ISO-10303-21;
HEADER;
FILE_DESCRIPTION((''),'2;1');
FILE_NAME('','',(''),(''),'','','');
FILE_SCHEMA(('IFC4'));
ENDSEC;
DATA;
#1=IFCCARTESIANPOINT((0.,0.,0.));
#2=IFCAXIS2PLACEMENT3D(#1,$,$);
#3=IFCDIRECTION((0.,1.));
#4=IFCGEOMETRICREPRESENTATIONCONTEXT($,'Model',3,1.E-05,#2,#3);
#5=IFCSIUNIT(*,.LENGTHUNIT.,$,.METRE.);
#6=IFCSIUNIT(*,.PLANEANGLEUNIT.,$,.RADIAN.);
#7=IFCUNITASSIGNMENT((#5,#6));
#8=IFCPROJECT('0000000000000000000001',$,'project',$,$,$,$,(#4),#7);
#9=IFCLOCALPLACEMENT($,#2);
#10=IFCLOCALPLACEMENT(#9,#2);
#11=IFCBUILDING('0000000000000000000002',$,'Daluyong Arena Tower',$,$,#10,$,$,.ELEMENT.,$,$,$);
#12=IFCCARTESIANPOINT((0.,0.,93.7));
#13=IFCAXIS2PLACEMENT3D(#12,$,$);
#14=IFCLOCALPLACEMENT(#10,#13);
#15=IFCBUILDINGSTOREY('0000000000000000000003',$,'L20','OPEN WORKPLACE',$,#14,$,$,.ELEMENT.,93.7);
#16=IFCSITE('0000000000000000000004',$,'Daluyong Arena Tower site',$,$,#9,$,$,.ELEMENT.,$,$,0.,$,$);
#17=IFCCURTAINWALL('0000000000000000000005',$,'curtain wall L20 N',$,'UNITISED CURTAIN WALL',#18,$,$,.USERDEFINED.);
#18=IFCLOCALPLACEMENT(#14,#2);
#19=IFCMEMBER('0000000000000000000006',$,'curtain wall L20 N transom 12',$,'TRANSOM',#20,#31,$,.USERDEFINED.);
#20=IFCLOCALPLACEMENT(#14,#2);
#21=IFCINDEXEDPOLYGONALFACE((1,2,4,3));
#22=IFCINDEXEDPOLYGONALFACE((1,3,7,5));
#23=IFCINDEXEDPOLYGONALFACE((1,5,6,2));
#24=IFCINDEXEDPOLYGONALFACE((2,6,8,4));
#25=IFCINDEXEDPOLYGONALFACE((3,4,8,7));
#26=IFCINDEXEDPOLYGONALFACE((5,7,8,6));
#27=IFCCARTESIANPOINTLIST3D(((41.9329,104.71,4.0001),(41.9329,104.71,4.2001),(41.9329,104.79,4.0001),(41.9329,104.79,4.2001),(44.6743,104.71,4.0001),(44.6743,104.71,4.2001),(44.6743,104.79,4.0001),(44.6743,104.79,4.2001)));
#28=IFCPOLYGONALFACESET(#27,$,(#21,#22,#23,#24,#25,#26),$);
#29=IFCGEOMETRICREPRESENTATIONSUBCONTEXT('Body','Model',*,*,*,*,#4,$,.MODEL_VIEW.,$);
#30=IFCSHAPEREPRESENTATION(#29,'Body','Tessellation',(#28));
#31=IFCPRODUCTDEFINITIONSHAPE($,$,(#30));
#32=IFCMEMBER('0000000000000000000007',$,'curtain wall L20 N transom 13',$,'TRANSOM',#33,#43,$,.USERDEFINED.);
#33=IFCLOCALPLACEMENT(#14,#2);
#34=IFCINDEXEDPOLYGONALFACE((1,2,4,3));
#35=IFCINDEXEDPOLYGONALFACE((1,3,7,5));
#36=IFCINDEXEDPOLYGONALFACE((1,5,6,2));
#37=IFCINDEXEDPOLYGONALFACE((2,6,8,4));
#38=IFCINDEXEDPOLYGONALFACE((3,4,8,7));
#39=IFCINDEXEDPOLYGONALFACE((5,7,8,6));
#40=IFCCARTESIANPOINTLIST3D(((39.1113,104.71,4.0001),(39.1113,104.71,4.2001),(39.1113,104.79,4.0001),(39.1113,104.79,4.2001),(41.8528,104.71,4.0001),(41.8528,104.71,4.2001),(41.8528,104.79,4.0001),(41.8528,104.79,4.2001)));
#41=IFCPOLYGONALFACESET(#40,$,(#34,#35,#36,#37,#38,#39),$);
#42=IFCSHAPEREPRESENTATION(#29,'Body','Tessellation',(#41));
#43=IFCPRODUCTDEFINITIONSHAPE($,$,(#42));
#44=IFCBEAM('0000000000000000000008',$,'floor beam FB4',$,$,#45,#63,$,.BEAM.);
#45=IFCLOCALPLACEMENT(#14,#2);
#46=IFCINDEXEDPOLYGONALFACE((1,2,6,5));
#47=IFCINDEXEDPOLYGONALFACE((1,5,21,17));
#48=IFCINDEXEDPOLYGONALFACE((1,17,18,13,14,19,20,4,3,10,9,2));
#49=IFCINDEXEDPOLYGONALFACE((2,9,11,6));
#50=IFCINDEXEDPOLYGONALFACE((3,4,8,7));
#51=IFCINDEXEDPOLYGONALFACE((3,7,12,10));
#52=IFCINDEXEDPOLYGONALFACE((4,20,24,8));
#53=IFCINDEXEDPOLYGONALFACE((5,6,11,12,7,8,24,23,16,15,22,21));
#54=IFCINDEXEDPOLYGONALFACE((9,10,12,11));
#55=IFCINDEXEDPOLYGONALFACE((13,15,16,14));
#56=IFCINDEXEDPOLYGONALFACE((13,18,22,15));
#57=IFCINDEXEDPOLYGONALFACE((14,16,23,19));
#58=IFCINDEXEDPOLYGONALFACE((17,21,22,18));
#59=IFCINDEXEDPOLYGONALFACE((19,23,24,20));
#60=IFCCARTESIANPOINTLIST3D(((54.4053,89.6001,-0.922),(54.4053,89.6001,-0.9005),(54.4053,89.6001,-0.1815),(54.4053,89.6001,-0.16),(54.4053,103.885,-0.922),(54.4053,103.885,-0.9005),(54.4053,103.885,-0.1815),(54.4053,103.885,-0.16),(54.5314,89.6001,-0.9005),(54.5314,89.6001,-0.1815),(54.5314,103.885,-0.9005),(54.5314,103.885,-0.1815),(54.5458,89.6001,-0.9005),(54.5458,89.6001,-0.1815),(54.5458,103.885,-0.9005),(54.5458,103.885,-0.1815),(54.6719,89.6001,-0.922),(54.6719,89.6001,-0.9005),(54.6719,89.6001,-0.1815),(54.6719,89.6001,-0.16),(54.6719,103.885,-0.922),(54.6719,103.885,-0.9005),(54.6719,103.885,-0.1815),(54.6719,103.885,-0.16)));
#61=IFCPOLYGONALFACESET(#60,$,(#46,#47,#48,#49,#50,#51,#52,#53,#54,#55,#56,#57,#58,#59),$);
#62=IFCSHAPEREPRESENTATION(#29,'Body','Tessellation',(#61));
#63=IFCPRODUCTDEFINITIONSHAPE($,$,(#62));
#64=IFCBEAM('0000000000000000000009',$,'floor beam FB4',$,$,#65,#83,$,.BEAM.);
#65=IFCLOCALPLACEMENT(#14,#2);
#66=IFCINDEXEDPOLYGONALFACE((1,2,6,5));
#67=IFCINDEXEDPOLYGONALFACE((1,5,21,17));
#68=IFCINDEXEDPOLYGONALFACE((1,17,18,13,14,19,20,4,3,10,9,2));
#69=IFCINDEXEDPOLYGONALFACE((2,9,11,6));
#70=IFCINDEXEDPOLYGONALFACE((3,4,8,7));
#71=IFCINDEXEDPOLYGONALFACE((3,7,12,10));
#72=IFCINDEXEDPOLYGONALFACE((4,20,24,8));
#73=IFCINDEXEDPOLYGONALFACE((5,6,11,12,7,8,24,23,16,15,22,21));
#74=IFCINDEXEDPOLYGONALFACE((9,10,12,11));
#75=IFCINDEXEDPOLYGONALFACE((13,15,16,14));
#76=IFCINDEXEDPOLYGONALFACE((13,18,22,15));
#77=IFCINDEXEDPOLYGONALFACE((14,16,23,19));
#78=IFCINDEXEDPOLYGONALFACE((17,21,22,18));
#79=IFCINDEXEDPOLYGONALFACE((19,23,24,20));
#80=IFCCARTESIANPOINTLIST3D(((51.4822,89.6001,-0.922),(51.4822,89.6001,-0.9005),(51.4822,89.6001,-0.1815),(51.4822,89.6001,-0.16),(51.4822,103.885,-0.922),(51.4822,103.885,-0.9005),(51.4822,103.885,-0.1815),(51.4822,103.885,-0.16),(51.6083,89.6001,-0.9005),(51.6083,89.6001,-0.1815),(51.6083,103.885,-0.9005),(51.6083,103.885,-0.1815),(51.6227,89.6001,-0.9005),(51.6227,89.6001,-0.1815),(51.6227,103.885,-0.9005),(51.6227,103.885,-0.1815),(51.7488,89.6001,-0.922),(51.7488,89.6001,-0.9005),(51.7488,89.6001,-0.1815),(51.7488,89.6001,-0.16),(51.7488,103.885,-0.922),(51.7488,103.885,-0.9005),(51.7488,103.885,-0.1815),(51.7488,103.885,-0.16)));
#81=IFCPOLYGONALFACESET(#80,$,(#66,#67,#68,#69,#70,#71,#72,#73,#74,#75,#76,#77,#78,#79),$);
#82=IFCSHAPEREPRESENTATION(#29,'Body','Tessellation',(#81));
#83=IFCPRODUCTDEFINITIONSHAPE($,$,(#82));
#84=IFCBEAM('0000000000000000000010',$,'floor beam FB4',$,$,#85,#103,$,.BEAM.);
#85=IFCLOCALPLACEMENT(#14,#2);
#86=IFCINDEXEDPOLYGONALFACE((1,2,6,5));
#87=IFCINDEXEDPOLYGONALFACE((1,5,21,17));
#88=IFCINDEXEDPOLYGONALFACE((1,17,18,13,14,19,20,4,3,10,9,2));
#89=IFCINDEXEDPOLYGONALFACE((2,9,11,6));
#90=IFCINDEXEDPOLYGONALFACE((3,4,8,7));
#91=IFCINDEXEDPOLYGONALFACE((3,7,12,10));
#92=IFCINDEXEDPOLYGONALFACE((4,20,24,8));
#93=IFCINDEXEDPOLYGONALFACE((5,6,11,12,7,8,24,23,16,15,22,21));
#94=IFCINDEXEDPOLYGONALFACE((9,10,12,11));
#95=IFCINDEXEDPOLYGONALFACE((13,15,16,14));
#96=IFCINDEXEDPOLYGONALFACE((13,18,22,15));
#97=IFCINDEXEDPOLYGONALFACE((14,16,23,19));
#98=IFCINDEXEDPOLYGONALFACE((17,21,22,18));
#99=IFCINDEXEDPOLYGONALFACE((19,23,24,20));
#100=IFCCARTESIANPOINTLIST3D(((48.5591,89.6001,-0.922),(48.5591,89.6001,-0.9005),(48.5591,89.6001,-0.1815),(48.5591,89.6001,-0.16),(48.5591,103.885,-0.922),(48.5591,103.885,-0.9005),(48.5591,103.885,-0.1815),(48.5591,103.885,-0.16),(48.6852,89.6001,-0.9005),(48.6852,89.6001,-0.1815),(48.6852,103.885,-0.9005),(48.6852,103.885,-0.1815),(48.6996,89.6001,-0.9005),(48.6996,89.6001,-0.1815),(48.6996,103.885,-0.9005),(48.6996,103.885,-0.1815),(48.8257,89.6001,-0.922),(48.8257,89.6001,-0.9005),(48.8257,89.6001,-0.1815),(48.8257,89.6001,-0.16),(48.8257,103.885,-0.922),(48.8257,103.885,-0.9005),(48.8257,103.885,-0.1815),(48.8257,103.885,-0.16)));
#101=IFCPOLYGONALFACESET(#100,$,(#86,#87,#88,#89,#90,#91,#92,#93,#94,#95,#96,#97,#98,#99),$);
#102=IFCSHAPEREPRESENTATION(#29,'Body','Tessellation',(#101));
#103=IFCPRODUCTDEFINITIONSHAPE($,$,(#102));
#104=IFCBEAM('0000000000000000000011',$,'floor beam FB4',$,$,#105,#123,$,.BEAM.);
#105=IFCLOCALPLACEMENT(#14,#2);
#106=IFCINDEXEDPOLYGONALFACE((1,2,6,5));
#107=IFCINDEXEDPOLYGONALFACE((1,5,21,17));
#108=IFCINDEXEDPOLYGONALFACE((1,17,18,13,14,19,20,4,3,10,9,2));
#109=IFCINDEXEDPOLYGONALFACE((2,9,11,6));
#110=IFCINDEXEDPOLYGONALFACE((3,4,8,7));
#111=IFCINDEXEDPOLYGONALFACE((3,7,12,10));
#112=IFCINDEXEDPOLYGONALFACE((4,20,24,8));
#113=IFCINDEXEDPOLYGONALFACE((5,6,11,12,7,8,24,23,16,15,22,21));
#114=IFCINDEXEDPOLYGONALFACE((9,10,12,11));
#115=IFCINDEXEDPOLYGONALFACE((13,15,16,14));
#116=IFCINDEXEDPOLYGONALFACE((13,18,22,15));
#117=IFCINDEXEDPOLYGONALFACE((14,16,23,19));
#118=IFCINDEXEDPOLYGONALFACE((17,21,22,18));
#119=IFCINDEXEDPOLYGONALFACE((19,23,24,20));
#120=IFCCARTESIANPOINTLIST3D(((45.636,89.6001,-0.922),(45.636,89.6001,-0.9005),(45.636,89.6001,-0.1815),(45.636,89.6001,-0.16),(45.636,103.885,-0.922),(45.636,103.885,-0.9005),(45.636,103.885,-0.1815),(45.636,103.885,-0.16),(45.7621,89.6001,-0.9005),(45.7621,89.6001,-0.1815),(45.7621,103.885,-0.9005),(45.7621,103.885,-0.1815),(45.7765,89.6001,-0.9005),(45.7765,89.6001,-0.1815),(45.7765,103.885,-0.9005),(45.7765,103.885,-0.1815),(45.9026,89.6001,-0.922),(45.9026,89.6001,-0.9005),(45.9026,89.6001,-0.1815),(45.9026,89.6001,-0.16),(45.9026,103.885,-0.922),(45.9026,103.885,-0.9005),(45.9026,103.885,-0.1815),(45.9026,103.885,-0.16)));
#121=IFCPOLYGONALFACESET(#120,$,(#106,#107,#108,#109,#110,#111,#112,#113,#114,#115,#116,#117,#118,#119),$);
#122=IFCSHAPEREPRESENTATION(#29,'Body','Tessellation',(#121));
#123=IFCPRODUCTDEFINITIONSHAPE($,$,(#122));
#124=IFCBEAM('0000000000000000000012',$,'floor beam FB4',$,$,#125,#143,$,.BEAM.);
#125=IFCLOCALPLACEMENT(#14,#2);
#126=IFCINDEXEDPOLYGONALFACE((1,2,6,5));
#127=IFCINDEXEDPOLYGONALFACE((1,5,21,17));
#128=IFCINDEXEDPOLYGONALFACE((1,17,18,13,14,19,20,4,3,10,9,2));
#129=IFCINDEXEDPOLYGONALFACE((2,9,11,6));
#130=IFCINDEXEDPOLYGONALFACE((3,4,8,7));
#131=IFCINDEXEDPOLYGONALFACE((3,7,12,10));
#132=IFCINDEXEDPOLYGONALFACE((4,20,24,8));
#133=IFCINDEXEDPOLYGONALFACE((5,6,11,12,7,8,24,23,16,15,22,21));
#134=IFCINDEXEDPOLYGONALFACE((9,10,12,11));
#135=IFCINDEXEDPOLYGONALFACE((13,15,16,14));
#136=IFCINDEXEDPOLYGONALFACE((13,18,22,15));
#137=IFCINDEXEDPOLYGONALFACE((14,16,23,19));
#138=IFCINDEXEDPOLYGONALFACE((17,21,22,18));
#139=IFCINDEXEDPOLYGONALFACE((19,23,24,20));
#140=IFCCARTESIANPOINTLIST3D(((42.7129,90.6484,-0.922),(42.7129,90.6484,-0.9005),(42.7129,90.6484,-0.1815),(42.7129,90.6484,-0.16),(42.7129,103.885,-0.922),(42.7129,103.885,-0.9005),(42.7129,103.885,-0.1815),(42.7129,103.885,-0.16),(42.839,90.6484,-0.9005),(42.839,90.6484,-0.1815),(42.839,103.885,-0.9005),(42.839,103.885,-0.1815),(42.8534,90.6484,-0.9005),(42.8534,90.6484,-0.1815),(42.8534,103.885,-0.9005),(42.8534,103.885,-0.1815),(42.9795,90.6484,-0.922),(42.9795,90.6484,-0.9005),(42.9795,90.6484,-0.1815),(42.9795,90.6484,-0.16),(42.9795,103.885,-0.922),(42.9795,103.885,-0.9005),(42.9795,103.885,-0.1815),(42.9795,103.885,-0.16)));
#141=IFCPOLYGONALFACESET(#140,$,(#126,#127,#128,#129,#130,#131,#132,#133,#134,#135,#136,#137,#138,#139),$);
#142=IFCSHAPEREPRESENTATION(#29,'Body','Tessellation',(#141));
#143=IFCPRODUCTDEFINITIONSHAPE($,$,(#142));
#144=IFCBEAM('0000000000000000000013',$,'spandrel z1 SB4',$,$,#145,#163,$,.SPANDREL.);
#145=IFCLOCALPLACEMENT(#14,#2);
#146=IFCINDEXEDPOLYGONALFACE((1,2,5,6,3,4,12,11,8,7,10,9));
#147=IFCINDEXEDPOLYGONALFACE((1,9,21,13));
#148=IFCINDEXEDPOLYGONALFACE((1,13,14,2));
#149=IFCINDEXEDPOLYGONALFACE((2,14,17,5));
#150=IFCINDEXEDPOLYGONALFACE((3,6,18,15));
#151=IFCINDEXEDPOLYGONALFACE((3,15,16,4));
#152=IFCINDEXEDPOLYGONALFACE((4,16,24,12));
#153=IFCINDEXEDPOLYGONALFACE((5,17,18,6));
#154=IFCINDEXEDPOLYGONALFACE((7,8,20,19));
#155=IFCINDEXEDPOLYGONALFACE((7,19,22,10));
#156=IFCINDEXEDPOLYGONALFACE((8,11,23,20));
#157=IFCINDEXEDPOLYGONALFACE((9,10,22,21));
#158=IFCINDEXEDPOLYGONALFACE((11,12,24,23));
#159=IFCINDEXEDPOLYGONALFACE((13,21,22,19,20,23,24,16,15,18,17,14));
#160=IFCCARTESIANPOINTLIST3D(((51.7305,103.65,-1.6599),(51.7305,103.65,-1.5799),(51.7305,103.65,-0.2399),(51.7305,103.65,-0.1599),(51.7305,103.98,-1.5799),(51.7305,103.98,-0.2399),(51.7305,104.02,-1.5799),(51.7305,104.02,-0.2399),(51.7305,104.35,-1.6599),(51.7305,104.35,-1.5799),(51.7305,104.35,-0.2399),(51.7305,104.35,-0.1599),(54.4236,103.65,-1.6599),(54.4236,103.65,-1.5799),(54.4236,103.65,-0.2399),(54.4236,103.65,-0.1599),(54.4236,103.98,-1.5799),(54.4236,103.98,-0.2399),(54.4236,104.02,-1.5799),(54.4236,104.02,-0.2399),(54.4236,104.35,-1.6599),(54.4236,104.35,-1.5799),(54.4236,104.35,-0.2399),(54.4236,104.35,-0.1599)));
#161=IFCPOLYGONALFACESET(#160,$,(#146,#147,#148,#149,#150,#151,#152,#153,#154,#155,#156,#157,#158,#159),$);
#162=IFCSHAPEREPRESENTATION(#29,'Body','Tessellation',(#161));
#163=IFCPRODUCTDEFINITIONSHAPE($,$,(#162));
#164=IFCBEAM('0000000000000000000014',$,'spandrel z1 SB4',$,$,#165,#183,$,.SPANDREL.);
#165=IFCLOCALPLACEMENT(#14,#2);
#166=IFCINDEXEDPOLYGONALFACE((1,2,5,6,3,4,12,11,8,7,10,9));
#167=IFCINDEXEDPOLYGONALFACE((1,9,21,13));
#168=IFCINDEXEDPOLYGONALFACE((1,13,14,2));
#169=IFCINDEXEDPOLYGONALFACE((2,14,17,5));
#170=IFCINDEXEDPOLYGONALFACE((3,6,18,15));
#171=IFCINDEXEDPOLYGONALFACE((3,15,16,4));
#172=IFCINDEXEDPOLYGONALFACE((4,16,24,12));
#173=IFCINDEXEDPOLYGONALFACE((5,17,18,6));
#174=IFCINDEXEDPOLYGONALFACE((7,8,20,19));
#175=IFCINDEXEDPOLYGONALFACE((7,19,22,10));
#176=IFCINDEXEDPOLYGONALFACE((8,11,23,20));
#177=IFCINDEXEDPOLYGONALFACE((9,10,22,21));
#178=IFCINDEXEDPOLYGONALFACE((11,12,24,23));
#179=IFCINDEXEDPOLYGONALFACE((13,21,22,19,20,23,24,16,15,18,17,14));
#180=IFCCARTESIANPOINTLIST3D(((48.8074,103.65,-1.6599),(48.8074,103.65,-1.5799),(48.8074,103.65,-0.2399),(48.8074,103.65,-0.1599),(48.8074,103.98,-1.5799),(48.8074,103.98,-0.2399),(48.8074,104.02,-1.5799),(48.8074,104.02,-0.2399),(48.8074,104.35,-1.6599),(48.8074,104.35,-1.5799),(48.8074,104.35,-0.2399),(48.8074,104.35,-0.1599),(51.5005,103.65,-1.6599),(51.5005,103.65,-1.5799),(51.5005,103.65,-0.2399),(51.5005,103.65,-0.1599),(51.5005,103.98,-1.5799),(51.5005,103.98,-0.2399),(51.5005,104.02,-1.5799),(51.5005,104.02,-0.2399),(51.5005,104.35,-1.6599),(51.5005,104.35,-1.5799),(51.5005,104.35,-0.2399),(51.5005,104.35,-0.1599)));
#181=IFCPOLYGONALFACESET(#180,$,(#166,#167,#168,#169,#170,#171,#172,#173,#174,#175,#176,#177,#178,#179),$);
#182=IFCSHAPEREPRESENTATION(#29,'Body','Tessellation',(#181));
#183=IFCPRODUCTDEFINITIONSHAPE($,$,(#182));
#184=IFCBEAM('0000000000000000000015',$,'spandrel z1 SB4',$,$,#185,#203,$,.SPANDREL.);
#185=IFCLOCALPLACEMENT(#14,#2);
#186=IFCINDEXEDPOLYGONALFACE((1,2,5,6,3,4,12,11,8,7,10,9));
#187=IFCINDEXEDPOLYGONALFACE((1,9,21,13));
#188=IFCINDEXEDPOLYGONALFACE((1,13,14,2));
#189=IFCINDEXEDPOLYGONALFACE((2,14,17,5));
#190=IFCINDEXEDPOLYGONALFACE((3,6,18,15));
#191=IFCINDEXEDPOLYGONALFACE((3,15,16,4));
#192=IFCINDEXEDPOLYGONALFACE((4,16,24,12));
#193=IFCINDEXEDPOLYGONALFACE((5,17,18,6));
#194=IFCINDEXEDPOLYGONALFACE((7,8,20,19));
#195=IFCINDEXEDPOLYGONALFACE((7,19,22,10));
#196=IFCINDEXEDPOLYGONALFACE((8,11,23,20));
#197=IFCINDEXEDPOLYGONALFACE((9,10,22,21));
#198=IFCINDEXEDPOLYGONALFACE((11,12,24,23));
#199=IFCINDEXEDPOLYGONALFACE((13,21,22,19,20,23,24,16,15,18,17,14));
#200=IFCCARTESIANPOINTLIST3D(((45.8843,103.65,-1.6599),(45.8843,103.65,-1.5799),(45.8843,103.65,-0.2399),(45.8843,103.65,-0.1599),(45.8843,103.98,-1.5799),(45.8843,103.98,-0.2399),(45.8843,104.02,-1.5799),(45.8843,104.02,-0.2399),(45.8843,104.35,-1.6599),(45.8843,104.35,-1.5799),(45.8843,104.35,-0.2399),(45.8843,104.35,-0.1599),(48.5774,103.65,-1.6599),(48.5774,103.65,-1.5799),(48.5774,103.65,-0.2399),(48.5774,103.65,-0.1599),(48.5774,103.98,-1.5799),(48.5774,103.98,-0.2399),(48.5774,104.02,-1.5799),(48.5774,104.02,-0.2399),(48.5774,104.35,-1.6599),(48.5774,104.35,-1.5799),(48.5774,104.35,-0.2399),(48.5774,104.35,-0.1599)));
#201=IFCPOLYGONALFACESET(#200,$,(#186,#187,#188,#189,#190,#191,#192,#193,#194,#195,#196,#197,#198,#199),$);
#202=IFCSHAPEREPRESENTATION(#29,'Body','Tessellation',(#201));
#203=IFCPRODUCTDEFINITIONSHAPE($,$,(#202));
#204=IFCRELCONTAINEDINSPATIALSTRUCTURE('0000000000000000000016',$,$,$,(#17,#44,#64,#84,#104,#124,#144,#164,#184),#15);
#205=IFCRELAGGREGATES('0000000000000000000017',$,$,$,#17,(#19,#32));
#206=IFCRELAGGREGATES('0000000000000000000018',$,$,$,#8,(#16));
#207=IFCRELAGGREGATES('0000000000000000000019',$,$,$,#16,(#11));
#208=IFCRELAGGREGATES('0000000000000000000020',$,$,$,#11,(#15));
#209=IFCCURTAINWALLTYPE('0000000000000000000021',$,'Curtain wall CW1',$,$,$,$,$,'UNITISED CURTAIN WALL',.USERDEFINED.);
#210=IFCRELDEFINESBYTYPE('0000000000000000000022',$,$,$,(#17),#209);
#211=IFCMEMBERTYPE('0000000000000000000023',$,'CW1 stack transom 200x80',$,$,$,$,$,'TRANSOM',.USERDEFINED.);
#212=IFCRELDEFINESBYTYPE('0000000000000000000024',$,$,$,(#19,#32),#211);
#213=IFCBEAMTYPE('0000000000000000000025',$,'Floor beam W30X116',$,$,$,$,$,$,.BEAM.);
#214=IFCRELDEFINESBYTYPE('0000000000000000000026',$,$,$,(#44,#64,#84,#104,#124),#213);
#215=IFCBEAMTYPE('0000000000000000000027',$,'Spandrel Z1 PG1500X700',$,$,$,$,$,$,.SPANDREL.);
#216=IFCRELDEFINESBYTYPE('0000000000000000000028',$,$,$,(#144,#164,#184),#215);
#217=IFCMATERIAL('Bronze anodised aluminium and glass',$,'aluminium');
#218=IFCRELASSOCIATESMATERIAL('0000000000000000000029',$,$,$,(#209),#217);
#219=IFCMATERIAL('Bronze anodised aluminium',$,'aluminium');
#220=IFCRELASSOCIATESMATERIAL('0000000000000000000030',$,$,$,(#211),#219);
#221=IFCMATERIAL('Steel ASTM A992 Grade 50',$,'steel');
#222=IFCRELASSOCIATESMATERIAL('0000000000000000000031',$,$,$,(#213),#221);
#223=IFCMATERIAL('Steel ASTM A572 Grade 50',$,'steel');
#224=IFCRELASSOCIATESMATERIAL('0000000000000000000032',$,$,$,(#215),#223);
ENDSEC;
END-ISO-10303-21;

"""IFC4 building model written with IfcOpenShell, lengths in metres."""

from ifc_helpers import new_model, si_unit, direction, frame, origin, origin_2d, place, context, subcontext, project, spatial, rectangle, i_section, extrude, material, material_profile, profile_set, type_object, element, aggregate, save


model = new_model("IFC4")

# Units and contexts
model_context = context("Model", 3, precision=1e-05, world=origin(), true_north=direction((0.0, 1.0)))
body_context = subcontext(model_context, "Body", "Model", "MODEL_VIEW")
ifc_project = project(units=[si_unit("LENGTHUNIT", "METRE"), si_unit("PLANEANGLEUNIT", "RADIAN")], contexts=[model_context])

# Site, building, storey
site_placement = place(None, origin())
site = spatial("IfcSite", under=ifc_project, at=site_placement, Name="Daluyong Arena Tower site", CompositionType="ELEMENT", RefElevation=0.0)
building_placement = place(site_placement, origin())
building = spatial("IfcBuilding", under=site, at=building_placement, Name="Daluyong Arena Tower", CompositionType="ELEMENT")
storey_placement = place(building_placement, frame((0.0, 0.0, 93.7)))
storey = spatial("IfcBuildingStorey", under=building, at=storey_placement, Name="L20", Description="OPEN WORKPLACE", CompositionType="ELEMENT", Elevation=93.7)

# Curtain wall, members
ifc_material_1 = material(Name="Bronze anodised aluminium and glass", Category="aluminium")
curtain_wall_type = type_object("IfcCurtainWallType", Name="Curtain wall CW1", ElementType="UNITISED CURTAIN WALL", PredefinedType="USERDEFINED", material=ifc_material_1)
curtain_wall_placement = place(storey_placement, origin())
curtain_wall = element("IfcCurtainWall", 1, at=curtain_wall_placement, inside=storey, type_object=curtain_wall_type, Name="curtain wall L20 N", ObjectType="UNITISED CURTAIN WALL", PredefinedType="USERDEFINED")
ifc_material_2 = material(Name="Bronze anodised aluminium", Category="aluminium")
ifc_material_profile_1 = material_profile(ifc_material_2, rectangle(XDim=0.0801, YDim=0.2, at=origin_2d()))
ifc_profile_set_1 = profile_set([ifc_material_profile_1], Name="Bronze anodised aluminium")
member_type_1 = type_object("IfcMemberType", Name="CW1 stack transom 200x80", ElementType="TRANSOM", PredefinedType="USERDEFINED", material=ifc_profile_set_1)
member_1_placement = place(storey_placement, frame((44.6743, 104.75, 4.1001), z_axis=(-1.0, 0.0, 0.0), x_axis=(0.0, -1.0, 0.0)))
member_1 = element("IfcMember", 2, at=member_1_placement, type_object=member_type_1, Name="curtain wall L20 N transom 12", ObjectType="TRANSOM", PredefinedType="USERDEFINED", context=body_context, shape_type="SweptSolid", body=[
    extrude(rectangle(XDim=0.0801, YDim=0.2, at=origin_2d()), origin(), (0.0, 0.0, 1.0), 2.7415),
])
member_2_placement = place(storey_placement, frame((41.8528, 104.75, 4.1001), z_axis=(-1.0, 0.0, 0.0), x_axis=(0.0, -1.0, 0.0)))
member_2 = element("IfcMember", 3, at=member_2_placement, type_object=member_type_1, Name="curtain wall L20 N transom 13", ObjectType="TRANSOM", PredefinedType="USERDEFINED", context=body_context, shape_type="SweptSolid", body=[
    extrude(rectangle(XDim=0.0801, YDim=0.2, at=origin_2d()), origin(), (0.0, 0.0, 1.0), 2.7415),
])

# Beams
ifc_material_3 = material(Name="Steel ASTM A992 Grade 50", Category="steel")
ifc_material_profile_2 = material_profile(ifc_material_3, i_section(OverallWidth=0.2666, OverallDepth=0.762, WebThickness=0.0144, FlangeThickness=0.0215, at=origin_2d()))
ifc_profile_set_2 = profile_set([ifc_material_profile_2], Name="Steel ASTM A992 Grade 50")
beam_type_1 = type_object("IfcBeamType", Name="Floor beam W30X116", PredefinedType="BEAM", material=ifc_profile_set_2)
for number, where, z_axis, x_axis, name in (
    (4, (54.5386, 103.885, -0.541), (0.0, -1.0, 0.0), (1.0, 0.0, 0.0), "floor beam FB4"),
    (5, (51.6155, 103.885, -0.541), (0.0, -1.0, 0.0), (1.0, 0.0, 0.0), "floor beam FB4"),
    (6, (48.6924, 103.885, -0.541), (0.0, -1.0, 0.0), (1.0, 0.0, 0.0), "floor beam FB4"),
    (7, (45.7693, 103.885, -0.541), (0.0, -1.0, 0.0), (1.0, 0.0, 0.0), "floor beam FB4"),
):
    element("IfcBeam", number, at=place(storey_placement, frame(where, z_axis=z_axis, x_axis=x_axis)), inside=storey, type_object=beam_type_1, Name=name, PredefinedType="BEAM", context=body_context, shape_type="SweptSolid", body=[
        extrude(i_section(OverallWidth=0.2666, OverallDepth=0.762, WebThickness=0.0144, FlangeThickness=0.0215, at=origin_2d()), origin(), (0.0, 0.0, 1.0), 14.2849),
    ])
beam_placement = place(storey_placement, frame((42.8462, 103.885, -0.541), z_axis=(0.0, -1.0, 0.0), x_axis=(1.0, 0.0, 0.0)))
element("IfcBeam", 8, at=beam_placement, inside=storey, type_object=beam_type_1, Name="floor beam FB4", PredefinedType="BEAM", context=body_context, shape_type="SweptSolid", body=[
    extrude(i_section(OverallWidth=0.2666, OverallDepth=0.762, WebThickness=0.0144, FlangeThickness=0.0215, at=origin_2d()), origin(), (0.0, 0.0, 1.0), 13.2366),
])
ifc_material_4 = material(Name="Steel ASTM A572 Grade 50", Category="steel")
ifc_material_profile_3 = material_profile(ifc_material_4, i_section(OverallWidth=0.7, OverallDepth=1.5, WebThickness=0.04, FlangeThickness=0.08, at=origin_2d()))
ifc_profile_set_3 = profile_set([ifc_material_profile_3], Name="Steel ASTM A572 Grade 50")
beam_type_2 = type_object("IfcBeamType", Name="Spandrel Z1 PG1500X700", PredefinedType="SPANDREL", material=ifc_profile_set_3)
for number, where, z_axis, x_axis, name in (
    (9, (54.4236, 104.0, -0.9099), (-1.0, 0.0, 0.0), (0.0, -1.0, 0.0), "spandrel z1 SB4"),
    (10, (51.5005, 104.0, -0.9099), (-1.0, 0.0, 0.0), (0.0, -1.0, 0.0), "spandrel z1 SB4"),
    (11, (48.5774, 104.0, -0.9099), (-1.0, 0.0, 0.0), (0.0, -1.0, 0.0), "spandrel z1 SB4"),
):
    element("IfcBeam", number, at=place(storey_placement, frame(where, z_axis=z_axis, x_axis=x_axis)), inside=storey, type_object=beam_type_2, Name=name, PredefinedType="SPANDREL", context=body_context, shape_type="SweptSolid", body=[
        extrude(i_section(OverallWidth=0.7, OverallDepth=1.5, WebThickness=0.04, FlangeThickness=0.08, at=origin_2d()), origin(), (0.0, 0.0, 1.0), 2.6931),
    ])

aggregate(curtain_wall, [member_1, member_2])

save(model, "model.ifc")
